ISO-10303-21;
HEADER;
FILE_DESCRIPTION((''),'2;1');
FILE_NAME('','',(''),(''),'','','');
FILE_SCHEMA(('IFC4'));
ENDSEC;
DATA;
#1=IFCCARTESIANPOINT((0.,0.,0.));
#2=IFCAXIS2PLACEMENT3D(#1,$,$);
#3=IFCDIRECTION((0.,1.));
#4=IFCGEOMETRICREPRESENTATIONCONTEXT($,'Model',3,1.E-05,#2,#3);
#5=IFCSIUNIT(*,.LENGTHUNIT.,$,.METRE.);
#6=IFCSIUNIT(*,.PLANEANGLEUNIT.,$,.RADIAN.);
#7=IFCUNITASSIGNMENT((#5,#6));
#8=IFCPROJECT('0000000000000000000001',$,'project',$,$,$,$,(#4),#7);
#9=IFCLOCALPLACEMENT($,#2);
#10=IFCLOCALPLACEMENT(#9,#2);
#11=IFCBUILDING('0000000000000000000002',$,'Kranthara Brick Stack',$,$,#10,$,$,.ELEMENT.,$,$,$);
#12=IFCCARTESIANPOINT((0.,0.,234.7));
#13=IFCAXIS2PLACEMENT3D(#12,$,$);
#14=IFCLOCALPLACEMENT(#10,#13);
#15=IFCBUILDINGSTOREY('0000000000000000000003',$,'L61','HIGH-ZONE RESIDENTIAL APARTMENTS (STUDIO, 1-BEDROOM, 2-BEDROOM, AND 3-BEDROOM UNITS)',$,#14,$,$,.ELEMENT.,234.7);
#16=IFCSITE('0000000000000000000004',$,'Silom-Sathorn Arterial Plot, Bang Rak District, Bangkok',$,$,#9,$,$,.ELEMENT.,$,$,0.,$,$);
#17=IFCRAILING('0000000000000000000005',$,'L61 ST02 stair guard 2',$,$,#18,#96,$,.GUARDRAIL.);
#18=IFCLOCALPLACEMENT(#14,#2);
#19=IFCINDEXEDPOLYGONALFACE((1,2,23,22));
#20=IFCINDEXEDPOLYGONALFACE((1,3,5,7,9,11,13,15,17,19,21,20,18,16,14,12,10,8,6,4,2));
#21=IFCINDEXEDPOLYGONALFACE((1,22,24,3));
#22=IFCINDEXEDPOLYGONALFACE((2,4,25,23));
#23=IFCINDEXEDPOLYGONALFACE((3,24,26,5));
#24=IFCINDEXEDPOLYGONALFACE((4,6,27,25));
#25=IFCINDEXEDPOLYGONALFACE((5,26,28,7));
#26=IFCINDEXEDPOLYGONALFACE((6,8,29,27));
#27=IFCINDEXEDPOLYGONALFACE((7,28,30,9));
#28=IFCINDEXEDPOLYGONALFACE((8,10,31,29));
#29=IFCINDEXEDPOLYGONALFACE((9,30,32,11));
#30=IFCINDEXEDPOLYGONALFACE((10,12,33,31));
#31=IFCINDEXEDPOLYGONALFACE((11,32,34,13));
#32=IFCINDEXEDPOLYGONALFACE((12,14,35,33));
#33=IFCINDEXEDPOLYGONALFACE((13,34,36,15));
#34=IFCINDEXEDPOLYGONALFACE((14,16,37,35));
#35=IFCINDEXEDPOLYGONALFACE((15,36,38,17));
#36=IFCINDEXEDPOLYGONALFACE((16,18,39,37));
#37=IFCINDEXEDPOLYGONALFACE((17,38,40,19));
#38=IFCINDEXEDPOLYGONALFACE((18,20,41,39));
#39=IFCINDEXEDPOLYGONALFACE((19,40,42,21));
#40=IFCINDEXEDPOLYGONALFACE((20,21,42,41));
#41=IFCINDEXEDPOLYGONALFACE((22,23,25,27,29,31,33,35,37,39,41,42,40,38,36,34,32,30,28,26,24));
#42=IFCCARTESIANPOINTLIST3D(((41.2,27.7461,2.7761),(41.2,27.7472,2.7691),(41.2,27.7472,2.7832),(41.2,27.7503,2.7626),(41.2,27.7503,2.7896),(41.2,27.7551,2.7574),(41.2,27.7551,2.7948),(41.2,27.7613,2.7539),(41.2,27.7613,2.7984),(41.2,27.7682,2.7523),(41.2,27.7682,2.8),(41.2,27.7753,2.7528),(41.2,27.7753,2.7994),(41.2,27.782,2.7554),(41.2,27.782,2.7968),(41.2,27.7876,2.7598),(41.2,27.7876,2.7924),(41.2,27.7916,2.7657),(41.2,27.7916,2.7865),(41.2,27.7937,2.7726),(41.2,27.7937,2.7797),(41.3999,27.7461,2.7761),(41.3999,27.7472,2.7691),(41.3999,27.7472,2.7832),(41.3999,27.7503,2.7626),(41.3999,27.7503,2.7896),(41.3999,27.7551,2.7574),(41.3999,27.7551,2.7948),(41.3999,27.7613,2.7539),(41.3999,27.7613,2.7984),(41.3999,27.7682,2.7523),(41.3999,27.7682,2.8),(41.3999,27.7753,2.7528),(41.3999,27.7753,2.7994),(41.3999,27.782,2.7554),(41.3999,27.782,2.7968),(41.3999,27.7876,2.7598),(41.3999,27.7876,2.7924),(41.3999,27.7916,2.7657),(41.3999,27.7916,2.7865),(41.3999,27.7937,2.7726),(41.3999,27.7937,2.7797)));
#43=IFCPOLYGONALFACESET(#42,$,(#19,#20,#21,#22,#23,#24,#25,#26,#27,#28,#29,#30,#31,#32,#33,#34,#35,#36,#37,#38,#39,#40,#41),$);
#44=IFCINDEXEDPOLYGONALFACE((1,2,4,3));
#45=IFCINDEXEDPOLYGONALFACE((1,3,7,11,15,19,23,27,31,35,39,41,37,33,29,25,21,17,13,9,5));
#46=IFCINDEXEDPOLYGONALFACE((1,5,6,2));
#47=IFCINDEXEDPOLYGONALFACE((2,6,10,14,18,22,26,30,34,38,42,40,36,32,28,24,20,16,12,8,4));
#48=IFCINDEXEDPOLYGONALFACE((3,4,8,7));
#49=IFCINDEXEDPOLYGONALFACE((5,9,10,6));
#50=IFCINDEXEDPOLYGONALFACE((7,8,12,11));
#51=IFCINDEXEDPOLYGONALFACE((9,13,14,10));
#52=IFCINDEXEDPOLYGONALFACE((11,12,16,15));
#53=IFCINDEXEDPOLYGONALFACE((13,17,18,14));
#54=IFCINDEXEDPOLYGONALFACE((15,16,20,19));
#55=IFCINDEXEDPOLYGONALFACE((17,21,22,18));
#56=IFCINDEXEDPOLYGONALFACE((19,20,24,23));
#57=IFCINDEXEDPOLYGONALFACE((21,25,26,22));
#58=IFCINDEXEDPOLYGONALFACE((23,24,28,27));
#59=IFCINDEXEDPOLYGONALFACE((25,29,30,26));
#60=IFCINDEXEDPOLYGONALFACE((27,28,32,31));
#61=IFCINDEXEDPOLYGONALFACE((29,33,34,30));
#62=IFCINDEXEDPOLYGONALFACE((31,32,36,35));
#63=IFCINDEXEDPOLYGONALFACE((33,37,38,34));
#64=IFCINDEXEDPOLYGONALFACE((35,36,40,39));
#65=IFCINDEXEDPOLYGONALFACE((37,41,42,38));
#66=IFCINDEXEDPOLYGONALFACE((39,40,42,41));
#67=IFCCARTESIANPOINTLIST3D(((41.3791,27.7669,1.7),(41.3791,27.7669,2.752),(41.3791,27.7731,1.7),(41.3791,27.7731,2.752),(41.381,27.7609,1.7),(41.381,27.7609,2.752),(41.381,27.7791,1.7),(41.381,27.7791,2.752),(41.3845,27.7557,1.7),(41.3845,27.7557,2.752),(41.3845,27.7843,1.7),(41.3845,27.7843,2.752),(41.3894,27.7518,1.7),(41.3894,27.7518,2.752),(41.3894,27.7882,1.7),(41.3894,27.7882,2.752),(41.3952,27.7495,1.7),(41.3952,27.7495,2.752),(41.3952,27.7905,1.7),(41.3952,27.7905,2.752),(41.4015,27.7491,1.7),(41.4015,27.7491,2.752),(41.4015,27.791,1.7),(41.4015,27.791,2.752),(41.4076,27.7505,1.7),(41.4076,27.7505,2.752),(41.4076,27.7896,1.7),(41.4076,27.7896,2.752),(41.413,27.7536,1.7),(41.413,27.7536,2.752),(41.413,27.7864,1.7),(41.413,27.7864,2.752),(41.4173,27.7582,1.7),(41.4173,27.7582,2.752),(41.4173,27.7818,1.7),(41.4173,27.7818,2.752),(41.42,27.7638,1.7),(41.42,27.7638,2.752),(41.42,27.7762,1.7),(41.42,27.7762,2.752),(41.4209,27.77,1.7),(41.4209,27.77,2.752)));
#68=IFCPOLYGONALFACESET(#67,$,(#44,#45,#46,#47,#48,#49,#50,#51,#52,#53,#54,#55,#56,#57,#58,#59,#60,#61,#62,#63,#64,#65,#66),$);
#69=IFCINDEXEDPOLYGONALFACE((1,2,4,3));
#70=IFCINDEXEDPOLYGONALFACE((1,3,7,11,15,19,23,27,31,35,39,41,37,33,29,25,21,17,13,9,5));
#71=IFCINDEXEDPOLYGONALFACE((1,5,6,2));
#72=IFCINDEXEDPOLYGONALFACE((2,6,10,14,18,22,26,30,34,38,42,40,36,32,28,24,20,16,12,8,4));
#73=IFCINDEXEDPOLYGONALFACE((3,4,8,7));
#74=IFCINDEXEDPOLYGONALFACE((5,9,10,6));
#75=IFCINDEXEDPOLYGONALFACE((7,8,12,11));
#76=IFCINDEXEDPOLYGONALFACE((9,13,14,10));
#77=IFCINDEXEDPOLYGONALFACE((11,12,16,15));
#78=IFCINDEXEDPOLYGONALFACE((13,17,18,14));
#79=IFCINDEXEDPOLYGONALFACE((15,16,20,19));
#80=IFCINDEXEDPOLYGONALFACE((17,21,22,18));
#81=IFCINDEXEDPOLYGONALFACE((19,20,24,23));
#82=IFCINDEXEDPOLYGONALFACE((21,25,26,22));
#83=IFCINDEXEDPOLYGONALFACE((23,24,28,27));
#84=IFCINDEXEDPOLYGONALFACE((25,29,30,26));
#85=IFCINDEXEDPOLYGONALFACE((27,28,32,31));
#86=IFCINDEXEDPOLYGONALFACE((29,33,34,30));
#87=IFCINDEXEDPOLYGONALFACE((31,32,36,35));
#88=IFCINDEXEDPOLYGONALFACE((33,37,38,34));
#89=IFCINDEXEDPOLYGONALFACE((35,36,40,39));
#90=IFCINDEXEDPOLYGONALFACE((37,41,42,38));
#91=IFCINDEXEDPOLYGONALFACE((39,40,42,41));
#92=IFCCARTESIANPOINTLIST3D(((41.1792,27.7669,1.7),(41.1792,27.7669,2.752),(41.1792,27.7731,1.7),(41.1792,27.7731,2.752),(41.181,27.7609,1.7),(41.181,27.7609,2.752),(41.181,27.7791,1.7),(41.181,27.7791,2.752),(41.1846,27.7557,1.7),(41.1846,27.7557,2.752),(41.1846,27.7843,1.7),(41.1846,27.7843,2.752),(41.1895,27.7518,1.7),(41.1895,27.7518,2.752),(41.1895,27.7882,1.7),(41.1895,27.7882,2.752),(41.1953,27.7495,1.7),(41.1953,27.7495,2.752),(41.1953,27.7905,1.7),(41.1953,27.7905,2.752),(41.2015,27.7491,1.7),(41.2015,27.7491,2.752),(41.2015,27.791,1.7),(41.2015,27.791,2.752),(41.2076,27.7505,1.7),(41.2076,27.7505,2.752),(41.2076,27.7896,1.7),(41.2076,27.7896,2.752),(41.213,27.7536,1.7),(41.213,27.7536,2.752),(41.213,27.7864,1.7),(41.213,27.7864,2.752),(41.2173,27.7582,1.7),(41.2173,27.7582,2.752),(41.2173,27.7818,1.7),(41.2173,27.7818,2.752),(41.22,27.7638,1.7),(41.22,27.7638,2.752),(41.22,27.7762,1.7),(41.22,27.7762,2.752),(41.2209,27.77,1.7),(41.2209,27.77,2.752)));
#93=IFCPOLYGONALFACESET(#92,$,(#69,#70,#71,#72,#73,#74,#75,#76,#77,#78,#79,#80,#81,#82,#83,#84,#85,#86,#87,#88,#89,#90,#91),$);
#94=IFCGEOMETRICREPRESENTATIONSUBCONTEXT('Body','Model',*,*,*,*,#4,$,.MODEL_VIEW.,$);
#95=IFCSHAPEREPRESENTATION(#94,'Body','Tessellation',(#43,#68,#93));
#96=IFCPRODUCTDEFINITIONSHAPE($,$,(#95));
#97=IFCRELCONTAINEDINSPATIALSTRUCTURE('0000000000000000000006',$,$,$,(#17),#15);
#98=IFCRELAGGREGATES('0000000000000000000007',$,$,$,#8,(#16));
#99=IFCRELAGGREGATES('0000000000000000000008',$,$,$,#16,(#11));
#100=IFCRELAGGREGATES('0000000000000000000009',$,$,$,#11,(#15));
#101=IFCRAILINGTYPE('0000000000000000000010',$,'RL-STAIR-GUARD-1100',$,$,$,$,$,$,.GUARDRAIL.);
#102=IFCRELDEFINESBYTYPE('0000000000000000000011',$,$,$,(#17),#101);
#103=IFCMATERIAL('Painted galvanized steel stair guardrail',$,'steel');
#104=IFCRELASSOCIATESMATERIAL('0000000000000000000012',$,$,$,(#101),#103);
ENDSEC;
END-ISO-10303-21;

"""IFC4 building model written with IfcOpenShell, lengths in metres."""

from ifc_helpers import new_model, si_unit, direction, frame, origin, origin_2d, place, context, subcontext, project, spatial, circle, extrude, material, type_object, element, save


model = new_model("IFC4")

# Units and contexts
model_context = context("Model", 3, precision=1e-05, world=origin(), true_north=direction((0.0, 1.0)))
body_context = subcontext(model_context, "Body", "Model", "MODEL_VIEW")
ifc_project = project(units=[si_unit("LENGTHUNIT", "METRE"), si_unit("PLANEANGLEUNIT", "RADIAN")], contexts=[model_context])

# Site, building, storey
site_placement = place(None, origin())
site = spatial("IfcSite", under=ifc_project, at=site_placement, Name="Silom-Sathorn Arterial Plot, Bang Rak District, Bangkok", CompositionType="ELEMENT", RefElevation=0.0)
building_placement = place(site_placement, origin())
building = spatial("IfcBuilding", under=site, at=building_placement, Name="Kranthara Brick Stack", CompositionType="ELEMENT")
storey_placement = place(building_placement, frame((0.0, 0.0, 234.7)))
storey = spatial("IfcBuildingStorey", under=building, at=storey_placement, Name="L61", Description="HIGH-ZONE RESIDENTIAL APARTMENTS (STUDIO, 1-BEDROOM, 2-BEDROOM, AND 3-BEDROOM UNITS)", CompositionType="ELEMENT", Elevation=234.7)

# Railing
ifc_material_1 = material(Name="Painted galvanized steel stair guardrail", Category="steel")
railing_type_1 = type_object("IfcRailingType", Name="RL-STAIR-GUARD-1100", PredefinedType="GUARDRAIL", material=ifc_material_1)
railing_1_placement = place(storey_placement, frame((41.3999, 27.77, 1.7)))
element("IfcRailing", 1, at=railing_1_placement, inside=storey, type_object=railing_type_1, Name="L61 ST02 stair guard 2", PredefinedType="GUARDRAIL", context=body_context, shape_type="SweptSolid", body=[
    extrude(circle(Radius=0.0239, at=origin_2d()), frame((0.0, 0.0, 1.0762), z_axis=(-1.0, 0.0, 0.0), x_axis=(0.0, -1.0, 0.0)), (0.0, 0.0, 1.0), 0.2),
    extrude(circle(Radius=0.021, at=origin_2d()), origin(), (0.0, 0.0, 1.0), 1.052),
    extrude(circle(Radius=0.021, at=origin_2d()), frame((-0.2, 0.0, 0.0)), (0.0, 0.0, 1.0), 1.052),
])

save(model, "model.ifc")
